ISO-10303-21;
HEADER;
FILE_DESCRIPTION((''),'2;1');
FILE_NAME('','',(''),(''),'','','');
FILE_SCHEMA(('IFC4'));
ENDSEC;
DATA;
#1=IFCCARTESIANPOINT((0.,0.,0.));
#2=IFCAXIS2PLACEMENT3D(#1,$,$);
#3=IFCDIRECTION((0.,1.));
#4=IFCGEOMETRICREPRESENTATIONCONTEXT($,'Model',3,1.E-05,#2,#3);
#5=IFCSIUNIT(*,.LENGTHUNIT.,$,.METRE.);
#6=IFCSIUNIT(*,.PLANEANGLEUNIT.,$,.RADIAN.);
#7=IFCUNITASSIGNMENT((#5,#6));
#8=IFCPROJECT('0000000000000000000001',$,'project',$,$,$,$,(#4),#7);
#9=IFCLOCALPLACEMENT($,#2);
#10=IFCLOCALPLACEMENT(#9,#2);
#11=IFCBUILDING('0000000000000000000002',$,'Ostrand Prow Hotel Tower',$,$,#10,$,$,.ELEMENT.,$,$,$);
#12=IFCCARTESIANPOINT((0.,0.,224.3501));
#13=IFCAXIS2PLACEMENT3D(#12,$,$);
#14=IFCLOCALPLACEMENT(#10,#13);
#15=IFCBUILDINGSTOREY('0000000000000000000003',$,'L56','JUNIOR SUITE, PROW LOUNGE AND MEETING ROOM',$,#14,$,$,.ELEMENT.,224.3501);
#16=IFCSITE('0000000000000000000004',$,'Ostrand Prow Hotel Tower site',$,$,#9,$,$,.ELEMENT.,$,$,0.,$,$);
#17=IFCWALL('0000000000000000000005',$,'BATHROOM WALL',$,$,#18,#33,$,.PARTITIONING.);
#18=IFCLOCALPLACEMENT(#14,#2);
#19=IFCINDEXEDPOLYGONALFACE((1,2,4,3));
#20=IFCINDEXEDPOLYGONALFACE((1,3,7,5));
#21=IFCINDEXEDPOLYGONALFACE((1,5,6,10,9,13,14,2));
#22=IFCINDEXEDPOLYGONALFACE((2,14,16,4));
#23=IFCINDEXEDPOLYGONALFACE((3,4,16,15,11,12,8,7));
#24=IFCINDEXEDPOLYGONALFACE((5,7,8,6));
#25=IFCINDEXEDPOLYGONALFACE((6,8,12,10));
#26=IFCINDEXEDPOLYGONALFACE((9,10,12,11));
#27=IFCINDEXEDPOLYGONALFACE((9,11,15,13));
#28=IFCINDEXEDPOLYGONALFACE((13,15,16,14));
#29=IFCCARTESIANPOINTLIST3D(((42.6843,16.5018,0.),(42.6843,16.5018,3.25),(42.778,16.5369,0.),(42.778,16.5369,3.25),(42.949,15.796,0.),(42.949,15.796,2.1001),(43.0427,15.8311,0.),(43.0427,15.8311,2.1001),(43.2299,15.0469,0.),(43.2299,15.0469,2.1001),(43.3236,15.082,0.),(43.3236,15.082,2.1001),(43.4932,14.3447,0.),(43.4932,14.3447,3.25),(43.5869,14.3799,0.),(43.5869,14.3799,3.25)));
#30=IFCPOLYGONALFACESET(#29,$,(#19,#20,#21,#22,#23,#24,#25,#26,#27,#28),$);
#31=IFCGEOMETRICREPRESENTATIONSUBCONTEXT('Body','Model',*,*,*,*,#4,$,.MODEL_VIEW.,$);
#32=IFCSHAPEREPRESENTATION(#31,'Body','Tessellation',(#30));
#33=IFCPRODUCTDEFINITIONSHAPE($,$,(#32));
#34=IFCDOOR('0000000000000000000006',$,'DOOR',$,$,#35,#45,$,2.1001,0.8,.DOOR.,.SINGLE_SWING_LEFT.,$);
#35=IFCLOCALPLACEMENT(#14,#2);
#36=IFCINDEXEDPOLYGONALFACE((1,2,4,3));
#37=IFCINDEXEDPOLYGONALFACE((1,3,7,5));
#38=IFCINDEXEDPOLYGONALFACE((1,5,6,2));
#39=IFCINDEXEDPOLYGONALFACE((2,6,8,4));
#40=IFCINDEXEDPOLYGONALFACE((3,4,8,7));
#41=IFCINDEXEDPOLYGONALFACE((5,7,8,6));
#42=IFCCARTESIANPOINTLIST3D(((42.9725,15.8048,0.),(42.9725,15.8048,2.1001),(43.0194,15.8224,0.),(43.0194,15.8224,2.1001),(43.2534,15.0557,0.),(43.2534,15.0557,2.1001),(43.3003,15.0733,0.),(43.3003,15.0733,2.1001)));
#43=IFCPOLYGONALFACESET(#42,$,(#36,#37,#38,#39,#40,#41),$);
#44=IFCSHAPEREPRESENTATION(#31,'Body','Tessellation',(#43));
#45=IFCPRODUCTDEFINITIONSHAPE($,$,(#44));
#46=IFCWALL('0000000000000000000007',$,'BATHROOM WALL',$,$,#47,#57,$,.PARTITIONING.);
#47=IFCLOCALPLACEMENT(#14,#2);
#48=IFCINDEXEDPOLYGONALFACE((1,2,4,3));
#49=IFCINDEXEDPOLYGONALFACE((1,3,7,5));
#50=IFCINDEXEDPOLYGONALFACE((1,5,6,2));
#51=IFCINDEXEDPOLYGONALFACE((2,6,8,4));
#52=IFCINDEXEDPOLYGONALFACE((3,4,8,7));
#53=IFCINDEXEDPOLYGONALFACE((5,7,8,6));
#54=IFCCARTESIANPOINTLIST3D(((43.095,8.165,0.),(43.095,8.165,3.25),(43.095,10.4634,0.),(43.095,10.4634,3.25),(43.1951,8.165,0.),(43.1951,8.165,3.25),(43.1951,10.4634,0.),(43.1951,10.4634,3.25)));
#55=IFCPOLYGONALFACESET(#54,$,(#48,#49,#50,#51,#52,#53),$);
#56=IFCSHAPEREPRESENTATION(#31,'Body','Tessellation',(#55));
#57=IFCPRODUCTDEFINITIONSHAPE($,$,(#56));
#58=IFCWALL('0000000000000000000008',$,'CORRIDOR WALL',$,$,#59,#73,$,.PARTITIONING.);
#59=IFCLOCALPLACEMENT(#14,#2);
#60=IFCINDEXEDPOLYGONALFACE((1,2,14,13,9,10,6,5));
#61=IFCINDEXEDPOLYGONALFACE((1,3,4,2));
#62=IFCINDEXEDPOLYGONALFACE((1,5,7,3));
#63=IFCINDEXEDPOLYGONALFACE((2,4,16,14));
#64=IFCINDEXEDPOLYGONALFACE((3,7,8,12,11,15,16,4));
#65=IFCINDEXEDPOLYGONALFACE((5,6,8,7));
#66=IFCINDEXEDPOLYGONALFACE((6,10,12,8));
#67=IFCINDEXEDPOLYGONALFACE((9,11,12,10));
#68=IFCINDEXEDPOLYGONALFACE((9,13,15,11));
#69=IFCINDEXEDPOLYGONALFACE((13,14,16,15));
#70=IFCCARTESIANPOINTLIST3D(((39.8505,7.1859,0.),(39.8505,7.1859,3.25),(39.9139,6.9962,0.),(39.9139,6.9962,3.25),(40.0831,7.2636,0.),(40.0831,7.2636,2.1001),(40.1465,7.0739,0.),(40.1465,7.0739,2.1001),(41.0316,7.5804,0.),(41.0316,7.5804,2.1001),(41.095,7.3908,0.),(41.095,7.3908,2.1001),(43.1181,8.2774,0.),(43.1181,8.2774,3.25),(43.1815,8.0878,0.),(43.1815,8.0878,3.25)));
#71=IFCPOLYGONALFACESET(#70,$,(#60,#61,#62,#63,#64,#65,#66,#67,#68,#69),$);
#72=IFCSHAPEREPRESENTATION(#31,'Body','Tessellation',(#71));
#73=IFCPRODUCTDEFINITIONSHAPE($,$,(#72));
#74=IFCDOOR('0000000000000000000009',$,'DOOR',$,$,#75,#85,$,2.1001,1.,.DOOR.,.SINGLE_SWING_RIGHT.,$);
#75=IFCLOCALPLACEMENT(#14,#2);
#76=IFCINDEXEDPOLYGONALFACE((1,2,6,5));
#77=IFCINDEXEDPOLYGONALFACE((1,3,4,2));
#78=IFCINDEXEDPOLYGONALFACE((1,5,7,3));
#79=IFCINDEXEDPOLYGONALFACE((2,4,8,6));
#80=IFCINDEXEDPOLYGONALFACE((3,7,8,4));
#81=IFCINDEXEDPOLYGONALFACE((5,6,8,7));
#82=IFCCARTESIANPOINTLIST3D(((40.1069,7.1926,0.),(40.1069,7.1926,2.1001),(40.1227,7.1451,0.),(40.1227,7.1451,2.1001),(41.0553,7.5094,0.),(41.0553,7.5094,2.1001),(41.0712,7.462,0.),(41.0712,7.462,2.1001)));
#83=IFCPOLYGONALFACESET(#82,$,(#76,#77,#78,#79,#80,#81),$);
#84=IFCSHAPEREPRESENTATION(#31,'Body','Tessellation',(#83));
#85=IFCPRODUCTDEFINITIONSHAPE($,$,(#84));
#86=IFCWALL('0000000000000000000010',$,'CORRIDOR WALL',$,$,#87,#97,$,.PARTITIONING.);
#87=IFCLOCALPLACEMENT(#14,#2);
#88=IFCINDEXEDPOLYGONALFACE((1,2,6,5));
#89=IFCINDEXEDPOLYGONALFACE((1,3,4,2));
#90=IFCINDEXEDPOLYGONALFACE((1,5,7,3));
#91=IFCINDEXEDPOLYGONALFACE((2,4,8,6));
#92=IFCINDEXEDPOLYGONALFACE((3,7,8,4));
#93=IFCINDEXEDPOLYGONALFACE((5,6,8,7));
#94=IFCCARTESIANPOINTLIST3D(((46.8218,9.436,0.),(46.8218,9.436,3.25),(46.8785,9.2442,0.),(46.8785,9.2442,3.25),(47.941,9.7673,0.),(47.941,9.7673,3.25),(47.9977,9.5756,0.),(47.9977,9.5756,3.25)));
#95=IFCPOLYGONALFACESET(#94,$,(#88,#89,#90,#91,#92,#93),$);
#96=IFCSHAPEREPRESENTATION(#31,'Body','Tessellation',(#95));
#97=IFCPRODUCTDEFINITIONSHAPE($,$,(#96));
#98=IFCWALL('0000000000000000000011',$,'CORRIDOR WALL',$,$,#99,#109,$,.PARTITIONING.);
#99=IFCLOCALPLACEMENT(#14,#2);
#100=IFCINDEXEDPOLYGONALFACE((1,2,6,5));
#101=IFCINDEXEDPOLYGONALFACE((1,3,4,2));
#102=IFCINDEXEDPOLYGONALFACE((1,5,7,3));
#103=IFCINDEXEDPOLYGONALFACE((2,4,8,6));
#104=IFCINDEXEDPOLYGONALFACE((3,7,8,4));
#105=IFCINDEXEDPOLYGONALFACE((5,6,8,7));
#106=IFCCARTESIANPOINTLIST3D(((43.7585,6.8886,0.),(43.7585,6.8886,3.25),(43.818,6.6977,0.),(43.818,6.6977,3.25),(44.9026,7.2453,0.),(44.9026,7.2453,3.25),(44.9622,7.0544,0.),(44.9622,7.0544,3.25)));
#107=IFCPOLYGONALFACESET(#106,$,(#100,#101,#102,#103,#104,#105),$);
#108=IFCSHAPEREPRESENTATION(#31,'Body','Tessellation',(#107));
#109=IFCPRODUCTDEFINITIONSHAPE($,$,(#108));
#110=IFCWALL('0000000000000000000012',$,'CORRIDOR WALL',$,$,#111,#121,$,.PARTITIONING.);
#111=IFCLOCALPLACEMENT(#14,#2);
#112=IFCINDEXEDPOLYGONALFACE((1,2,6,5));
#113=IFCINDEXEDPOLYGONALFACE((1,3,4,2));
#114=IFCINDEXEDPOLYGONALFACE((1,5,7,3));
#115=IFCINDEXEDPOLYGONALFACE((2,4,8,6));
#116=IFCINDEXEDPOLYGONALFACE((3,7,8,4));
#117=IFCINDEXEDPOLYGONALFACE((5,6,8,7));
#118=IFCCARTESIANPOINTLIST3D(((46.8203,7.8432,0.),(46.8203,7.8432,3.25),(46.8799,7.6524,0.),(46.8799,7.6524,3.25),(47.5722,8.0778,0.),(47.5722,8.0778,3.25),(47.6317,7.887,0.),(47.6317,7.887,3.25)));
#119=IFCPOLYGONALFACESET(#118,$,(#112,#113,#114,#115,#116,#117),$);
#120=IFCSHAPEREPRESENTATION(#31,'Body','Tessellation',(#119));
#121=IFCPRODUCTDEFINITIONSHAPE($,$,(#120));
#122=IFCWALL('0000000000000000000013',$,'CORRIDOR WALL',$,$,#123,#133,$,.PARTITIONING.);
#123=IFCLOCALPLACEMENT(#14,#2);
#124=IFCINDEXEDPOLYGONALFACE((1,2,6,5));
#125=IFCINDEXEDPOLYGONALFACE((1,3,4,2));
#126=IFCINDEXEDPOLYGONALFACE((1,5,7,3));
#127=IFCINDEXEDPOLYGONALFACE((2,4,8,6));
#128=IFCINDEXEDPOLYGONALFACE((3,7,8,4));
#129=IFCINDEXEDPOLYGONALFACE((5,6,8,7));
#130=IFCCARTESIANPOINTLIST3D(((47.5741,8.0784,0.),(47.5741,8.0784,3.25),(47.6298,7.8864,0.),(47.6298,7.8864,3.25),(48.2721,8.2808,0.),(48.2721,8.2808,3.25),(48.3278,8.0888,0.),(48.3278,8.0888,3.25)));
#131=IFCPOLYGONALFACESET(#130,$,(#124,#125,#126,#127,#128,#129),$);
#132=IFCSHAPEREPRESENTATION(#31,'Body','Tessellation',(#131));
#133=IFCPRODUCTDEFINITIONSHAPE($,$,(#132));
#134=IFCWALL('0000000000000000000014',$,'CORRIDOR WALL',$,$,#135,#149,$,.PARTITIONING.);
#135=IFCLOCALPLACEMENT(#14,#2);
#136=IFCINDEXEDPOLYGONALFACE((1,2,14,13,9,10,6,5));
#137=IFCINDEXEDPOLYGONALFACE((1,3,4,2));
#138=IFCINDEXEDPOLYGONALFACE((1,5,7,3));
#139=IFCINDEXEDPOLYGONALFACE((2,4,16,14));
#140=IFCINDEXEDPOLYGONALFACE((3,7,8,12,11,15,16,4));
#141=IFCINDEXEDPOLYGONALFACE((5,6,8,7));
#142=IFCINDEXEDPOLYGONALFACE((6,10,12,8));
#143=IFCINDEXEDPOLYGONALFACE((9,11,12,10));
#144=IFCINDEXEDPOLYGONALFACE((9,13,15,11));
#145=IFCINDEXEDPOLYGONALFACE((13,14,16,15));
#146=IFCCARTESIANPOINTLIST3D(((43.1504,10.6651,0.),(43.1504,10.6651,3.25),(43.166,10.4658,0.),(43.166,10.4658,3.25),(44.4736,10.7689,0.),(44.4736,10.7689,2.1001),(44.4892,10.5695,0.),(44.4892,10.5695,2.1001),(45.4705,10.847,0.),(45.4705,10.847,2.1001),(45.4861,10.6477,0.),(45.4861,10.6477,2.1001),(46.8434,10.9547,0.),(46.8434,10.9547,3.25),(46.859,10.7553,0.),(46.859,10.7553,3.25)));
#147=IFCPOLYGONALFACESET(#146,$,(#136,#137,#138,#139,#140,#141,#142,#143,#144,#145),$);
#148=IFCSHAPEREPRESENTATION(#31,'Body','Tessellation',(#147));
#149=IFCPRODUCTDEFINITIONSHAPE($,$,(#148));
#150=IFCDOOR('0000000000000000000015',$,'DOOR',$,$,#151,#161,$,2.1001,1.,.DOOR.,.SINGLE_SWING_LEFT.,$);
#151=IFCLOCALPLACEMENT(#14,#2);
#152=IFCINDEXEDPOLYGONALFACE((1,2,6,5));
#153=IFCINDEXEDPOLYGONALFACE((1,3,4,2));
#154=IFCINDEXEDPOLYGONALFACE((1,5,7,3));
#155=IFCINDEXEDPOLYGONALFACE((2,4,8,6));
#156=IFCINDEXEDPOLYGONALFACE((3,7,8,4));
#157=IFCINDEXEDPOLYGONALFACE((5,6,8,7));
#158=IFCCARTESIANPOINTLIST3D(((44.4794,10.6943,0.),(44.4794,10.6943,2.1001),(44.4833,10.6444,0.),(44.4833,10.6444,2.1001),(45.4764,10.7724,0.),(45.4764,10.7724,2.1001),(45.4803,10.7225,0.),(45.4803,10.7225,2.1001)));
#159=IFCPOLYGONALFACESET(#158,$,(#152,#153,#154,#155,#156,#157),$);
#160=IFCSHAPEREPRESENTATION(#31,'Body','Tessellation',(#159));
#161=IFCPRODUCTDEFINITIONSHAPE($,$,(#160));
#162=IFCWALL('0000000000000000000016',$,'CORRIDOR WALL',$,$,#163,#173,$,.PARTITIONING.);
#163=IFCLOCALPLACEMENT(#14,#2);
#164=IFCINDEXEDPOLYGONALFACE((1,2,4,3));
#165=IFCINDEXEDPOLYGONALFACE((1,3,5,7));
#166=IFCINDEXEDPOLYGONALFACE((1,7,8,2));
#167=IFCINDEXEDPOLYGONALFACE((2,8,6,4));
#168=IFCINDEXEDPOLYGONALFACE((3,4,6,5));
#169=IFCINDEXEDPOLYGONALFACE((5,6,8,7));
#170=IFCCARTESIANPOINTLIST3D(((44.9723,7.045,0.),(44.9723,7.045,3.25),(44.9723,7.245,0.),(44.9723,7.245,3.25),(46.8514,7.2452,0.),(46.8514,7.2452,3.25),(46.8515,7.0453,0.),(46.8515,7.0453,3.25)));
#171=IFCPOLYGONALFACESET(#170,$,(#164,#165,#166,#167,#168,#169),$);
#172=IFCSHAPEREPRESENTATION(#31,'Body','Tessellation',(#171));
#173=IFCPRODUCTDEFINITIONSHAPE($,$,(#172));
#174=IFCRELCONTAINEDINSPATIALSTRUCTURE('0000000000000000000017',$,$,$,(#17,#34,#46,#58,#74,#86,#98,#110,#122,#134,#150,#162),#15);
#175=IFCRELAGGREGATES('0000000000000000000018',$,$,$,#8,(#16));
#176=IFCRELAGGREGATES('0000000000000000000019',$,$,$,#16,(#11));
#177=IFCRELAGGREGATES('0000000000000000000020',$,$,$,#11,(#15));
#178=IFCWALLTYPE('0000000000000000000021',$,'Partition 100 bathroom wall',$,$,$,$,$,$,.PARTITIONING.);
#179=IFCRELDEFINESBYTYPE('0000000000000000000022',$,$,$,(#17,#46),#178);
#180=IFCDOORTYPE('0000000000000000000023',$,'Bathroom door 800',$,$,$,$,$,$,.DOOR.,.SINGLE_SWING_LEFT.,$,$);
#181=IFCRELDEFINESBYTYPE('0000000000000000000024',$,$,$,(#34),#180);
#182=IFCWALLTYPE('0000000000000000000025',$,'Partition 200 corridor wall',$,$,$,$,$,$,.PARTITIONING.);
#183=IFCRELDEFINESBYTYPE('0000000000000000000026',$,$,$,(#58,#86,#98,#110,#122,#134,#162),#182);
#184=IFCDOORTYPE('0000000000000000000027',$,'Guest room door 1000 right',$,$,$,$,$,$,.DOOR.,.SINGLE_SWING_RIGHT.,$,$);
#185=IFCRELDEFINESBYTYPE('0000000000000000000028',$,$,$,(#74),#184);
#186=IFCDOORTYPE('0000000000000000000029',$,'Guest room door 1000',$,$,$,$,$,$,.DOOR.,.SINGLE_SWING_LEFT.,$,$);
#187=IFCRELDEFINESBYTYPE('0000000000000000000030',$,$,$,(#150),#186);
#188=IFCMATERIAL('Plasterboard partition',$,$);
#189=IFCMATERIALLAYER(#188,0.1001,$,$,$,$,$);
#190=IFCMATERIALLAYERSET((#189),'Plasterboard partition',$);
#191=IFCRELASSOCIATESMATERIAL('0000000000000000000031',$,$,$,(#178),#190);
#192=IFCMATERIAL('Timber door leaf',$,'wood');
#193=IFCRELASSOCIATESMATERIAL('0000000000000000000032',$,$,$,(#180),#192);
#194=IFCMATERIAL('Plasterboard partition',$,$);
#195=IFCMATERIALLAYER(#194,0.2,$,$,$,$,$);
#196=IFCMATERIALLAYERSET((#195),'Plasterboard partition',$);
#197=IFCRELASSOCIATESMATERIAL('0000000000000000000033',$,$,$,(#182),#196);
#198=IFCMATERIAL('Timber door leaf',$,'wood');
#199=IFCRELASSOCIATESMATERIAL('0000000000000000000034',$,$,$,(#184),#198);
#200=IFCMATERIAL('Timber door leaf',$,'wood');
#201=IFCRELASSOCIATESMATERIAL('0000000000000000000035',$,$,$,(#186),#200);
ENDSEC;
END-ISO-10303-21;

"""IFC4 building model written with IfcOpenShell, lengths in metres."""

from ifc_helpers import new_model, si_unit, direction, frame, frame_2d, origin, place, context, subcontext, project, spatial, rectangle, extrude, material, layer, layer_set, type_object, element, fill, save


model = new_model("IFC4")

# Units and contexts
model_context = context("Model", 3, precision=1e-05, world=origin(), true_north=direction((0.0, 1.0)))
body_context = subcontext(model_context, "Body", "Model", "MODEL_VIEW")
ifc_project = project(units=[si_unit("LENGTHUNIT", "METRE"), si_unit("PLANEANGLEUNIT", "RADIAN")], contexts=[model_context])

# Site, building, storey
site_placement = place(None, origin())
site = spatial("IfcSite", under=ifc_project, at=site_placement, Name="Ostrand Prow Hotel Tower site", CompositionType="ELEMENT", RefElevation=0.0)
building_placement = place(site_placement, origin())
building = spatial("IfcBuilding", under=site, at=building_placement, Name="Ostrand Prow Hotel Tower", CompositionType="ELEMENT")
storey_placement = place(building_placement, frame((0.0, 0.0, 224.3501)))
storey = spatial("IfcBuildingStorey", under=building, at=storey_placement, Name="L56", Description="JUNIOR SUITE, PROW LOUNGE AND MEETING ROOM", CompositionType="ELEMENT", Elevation=224.3501)

# Shared definitions
ifc_material_1 = material(Name="Plasterboard partition")
ifc_layer_1 = layer(ifc_material_1, 0.1001)
ifc_layer_set_1 = layer_set([ifc_layer_1], Name="Plasterboard partition")
wall_type_1 = type_object("IfcWallType", Name="Partition 100 bathroom wall", PredefinedType="PARTITIONING", material=ifc_layer_set_1)

# Wall, opening, door
wall_1_placement = place(storey_placement, frame((43.54, 14.3623, 0.0), z_axis=(0.0, 0.0, 1.0), x_axis=(-0.351112, 0.936334, 0.0)))
wall_1 = element("IfcWall", 1, at=wall_1_placement, inside=storey, type_object=wall_type_1, Name="BATHROOM WALL", PredefinedType="PARTITIONING", context=body_context, shape_type="SweptSolid", body=[
    extrude(rectangle(XDim=2.3037, YDim=0.1001, at=frame_2d((1.1519, 0.0))), origin(), (0.0, 0.0, 1.0), 3.25),
])
opening_1_placement = place(wall_1_placement, frame((0.75, 0.0, 0.0)))
opening_1 = element("IfcOpeningElement", 2, at=opening_1_placement, cuts=wall_1, PredefinedType="OPENING", context=body_context, shape_type="SweptSolid", body=[
    extrude(rectangle(XDim=0.8, YDim=2.1001, at=frame_2d((0.3999, 1.05))), frame((0.0, 0.0601, 0.0), z_axis=(0.0, -1.0, 0.0), x_axis=(1.0, 0.0, 0.0)), (0.0, 0.0, 1.0), 0.1201),
])
ifc_material_2 = material(Name="Timber door leaf", Category="wood")
door_type_1 = type_object("IfcDoorType", Name="Bathroom door 800", OperationType="SINGLE_SWING_LEFT", PredefinedType="DOOR", material=ifc_material_2)
door_1_placement = place(opening_1_placement, origin())
door_1 = element("IfcDoor", 3, at=door_1_placement, inside=storey, type_object=door_type_1, Name="DOOR", OperationType="SINGLE_SWING_LEFT", OverallHeight=2.1001, OverallWidth=0.8, PredefinedType="DOOR", context=body_context, shape_type="SweptSolid", body=[
    extrude(rectangle(XDim=0.8, YDim=2.1001, at=frame_2d((0.3999, 1.05))), frame((0.0, 0.0249, 0.0), z_axis=(0.0, -1.0, 0.0), x_axis=(1.0, 0.0, 0.0)), (0.0, 0.0, 1.0), 0.05),
])
fill(opening_1, door_1)

# Wall
wall_2_placement = place(storey_placement, frame((43.145, 10.4634, 0.0), z_axis=(0.0, 0.0, 1.0), x_axis=(0.0, -1.0, 0.0)))
element("IfcWall", 4, at=wall_2_placement, inside=storey, type_object=wall_type_1, Name="BATHROOM WALL", PredefinedType="PARTITIONING", context=body_context, shape_type="SweptSolid", body=[
    extrude(rectangle(XDim=2.2983, YDim=0.1001, at=frame_2d((1.1492, 0.0))), origin(), (0.0, 0.0, 1.0), 3.25),
])

# Wall, opening, door
ifc_material_3 = material(Name="Plasterboard partition")
ifc_layer_2 = layer(ifc_material_3, 0.2)
ifc_layer_set_2 = layer_set([ifc_layer_2], Name="Plasterboard partition")
wall_type_2 = type_object("IfcWallType", Name="Partition 200 corridor wall", PredefinedType="PARTITIONING", material=ifc_layer_set_2)
wall_3_placement = place(storey_placement, frame((43.1499, 8.1826, 0.0), z_axis=(0.0, 0.0, 1.0), x_axis=(-0.948478, -0.316844, 0.0)))
wall_3 = element("IfcWall", 5, at=wall_3_placement, inside=storey, type_object=wall_type_2, Name="CORRIDOR WALL", PredefinedType="PARTITIONING", context=body_context, shape_type="SweptSolid", body=[
    extrude(rectangle(XDim=3.4451, YDim=0.2, at=frame_2d((1.7227, 0.0))), origin(), (0.0, 0.0, 1.0), 3.25),
])
opening_2_placement = place(wall_3_placement, frame((2.2, 0.0, 0.0)))
opening_2 = element("IfcOpeningElement", 6, at=opening_2_placement, cuts=wall_3, PredefinedType="OPENING", context=body_context, shape_type="SweptSolid", body=[
    extrude(rectangle(XDim=1.0, YDim=2.1001, at=frame_2d((0.5, 1.05))), frame((0.0, 0.1099, 0.0), z_axis=(0.0, -1.0, 0.0), x_axis=(1.0, 0.0, 0.0)), (0.0, 0.0, 1.0), 0.22),
])
ifc_material_4 = material(Name="Timber door leaf", Category="wood")
door_type_2 = type_object("IfcDoorType", Name="Guest room door 1000 right", OperationType="SINGLE_SWING_RIGHT", PredefinedType="DOOR", material=ifc_material_4)
door_2_placement = place(opening_2_placement, origin())
door_2 = element("IfcDoor", 7, at=door_2_placement, inside=storey, type_object=door_type_2, Name="DOOR", OperationType="SINGLE_SWING_RIGHT", OverallHeight=2.1001, OverallWidth=1.0, PredefinedType="DOOR", context=body_context, shape_type="SweptSolid", body=[
    extrude(rectangle(XDim=1.0, YDim=2.1001, at=frame_2d((0.5, 1.05))), frame((0.0, 0.0249, 0.0), z_axis=(0.0, -1.0, 0.0), x_axis=(1.0, 0.0, 0.0)), (0.0, 0.0, 1.0), 0.05),
])
fill(opening_2, door_2)

# Walls
wall_4_placement = place(storey_placement, frame((47.9692, 9.6714, 0.0), z_axis=(0.0, 0.0, 1.0), x_axis=(-0.958868, -0.283853, 0.0)))
element("IfcWall", 8, at=wall_4_placement, inside=storey, type_object=wall_type_2, Name="CORRIDOR WALL", PredefinedType="PARTITIONING", context=body_context, shape_type="SweptSolid", body=[
    extrude(rectangle(XDim=1.1672, YDim=0.2, at=frame_2d((0.5835, 0.0))), origin(), (0.0, 0.0, 1.0), 3.25),
])
wall_5_placement = place(storey_placement, frame((43.7883, 6.7932, 0.0), z_axis=(0.0, 0.0, 1.0), x_axis=(0.954694, 0.297591, 0.0)))
element("IfcWall", 9, at=wall_5_placement, inside=storey, type_object=wall_type_2, Name="CORRIDOR WALL", PredefinedType="PARTITIONING", context=body_context, shape_type="SweptSolid", body=[
    extrude(rectangle(XDim=1.1985, YDim=0.2, at=frame_2d((0.5991, 0.0))), origin(), (0.0, 0.0, 1.0), 3.25),
])
wall_6_placement = place(storey_placement, frame((46.8501, 7.7478, 0.0), z_axis=(0.0, 0.0, 1.0), x_axis=(0.954612, 0.297851, 0.0)))
element("IfcWall", 10, at=wall_6_placement, inside=storey, type_object=wall_type_2, Name="CORRIDOR WALL", PredefinedType="PARTITIONING", context=body_context, shape_type="SweptSolid", body=[
    extrude(rectangle(XDim=0.7876, YDim=0.2, at=frame_2d((0.3938, 0.0))), origin(), (0.0, 0.0, 1.0), 3.25),
])
wall_7_placement = place(storey_placement, frame((47.6021, 7.9824, 0.0), z_axis=(0.0, 0.0, 1.0), x_axis=(0.960439, 0.27849, 0.0)))
element("IfcWall", 11, at=wall_7_placement, inside=storey, type_object=wall_type_2, Name="CORRIDOR WALL", PredefinedType="PARTITIONING", context=body_context, shape_type="SweptSolid", body=[
    extrude(rectangle(XDim=0.7268, YDim=0.2, at=frame_2d((0.3633, 0.0))), origin(), (0.0, 0.0, 1.0), 3.25),
])

# Wall, opening, door
wall_8_placement = place(storey_placement, frame((46.8511, 10.855, 0.0), z_axis=(0.0, 0.0, 1.0), x_axis=(-0.996941, -0.078163, 0.0)))
wall_8 = element("IfcWall", 12, at=wall_8_placement, inside=storey, type_object=wall_type_2, Name="CORRIDOR WALL", PredefinedType="PARTITIONING", context=body_context, shape_type="SweptSolid", body=[
    extrude(rectangle(XDim=3.7043, YDim=0.2, at=frame_2d((1.8521, 0.0))), origin(), (0.0, 0.0, 1.0), 3.25),
])
opening_3_placement = place(wall_8_placement, frame((1.377, 0.0, 0.0)))
opening_3 = element("IfcOpeningElement", 13, at=opening_3_placement, cuts=wall_8, PredefinedType="OPENING", context=body_context, shape_type="SweptSolid", body=[
    extrude(rectangle(XDim=1.0, YDim=2.1001, at=frame_2d((0.5, 1.05))), frame((0.0, 0.1099, 0.0), z_axis=(0.0, -1.0, 0.0), x_axis=(1.0, 0.0, 0.0)), (0.0, 0.0, 1.0), 0.22),
])
ifc_material_5 = material(Name="Timber door leaf", Category="wood")
door_type_3 = type_object("IfcDoorType", Name="Guest room door 1000", OperationType="SINGLE_SWING_LEFT", PredefinedType="DOOR", material=ifc_material_5)
door_3_placement = place(opening_3_placement, origin())
door_3 = element("IfcDoor", 14, at=door_3_placement, inside=storey, type_object=door_type_3, Name="DOOR", OperationType="SINGLE_SWING_LEFT", OverallHeight=2.1001, OverallWidth=1.0, PredefinedType="DOOR", context=body_context, shape_type="SweptSolid", body=[
    extrude(rectangle(XDim=1.0, YDim=2.1001, at=frame_2d((0.5, 1.05))), frame((0.0, 0.0249, 0.0), z_axis=(0.0, -1.0, 0.0), x_axis=(1.0, 0.0, 0.0)), (0.0, 0.0, 1.0), 0.05),
])
fill(opening_3, door_3)

# Wall
wall_9_placement = place(storey_placement, frame((44.9724, 7.145, 0.0), z_axis=(0.0, 0.0, 1.0), x_axis=(1.0, 0.00013, 0.0)))
element("IfcWall", 15, at=wall_9_placement, inside=storey, type_object=wall_type_2, Name="CORRIDOR WALL", PredefinedType="PARTITIONING", context=body_context, shape_type="SweptSolid", body=[
    extrude(rectangle(XDim=1.8792, YDim=0.2, at=frame_2d((0.9395, 0.0))), origin(), (0.0, 0.0, 1.0), 3.25),
])

save(model, "model.ifc")
